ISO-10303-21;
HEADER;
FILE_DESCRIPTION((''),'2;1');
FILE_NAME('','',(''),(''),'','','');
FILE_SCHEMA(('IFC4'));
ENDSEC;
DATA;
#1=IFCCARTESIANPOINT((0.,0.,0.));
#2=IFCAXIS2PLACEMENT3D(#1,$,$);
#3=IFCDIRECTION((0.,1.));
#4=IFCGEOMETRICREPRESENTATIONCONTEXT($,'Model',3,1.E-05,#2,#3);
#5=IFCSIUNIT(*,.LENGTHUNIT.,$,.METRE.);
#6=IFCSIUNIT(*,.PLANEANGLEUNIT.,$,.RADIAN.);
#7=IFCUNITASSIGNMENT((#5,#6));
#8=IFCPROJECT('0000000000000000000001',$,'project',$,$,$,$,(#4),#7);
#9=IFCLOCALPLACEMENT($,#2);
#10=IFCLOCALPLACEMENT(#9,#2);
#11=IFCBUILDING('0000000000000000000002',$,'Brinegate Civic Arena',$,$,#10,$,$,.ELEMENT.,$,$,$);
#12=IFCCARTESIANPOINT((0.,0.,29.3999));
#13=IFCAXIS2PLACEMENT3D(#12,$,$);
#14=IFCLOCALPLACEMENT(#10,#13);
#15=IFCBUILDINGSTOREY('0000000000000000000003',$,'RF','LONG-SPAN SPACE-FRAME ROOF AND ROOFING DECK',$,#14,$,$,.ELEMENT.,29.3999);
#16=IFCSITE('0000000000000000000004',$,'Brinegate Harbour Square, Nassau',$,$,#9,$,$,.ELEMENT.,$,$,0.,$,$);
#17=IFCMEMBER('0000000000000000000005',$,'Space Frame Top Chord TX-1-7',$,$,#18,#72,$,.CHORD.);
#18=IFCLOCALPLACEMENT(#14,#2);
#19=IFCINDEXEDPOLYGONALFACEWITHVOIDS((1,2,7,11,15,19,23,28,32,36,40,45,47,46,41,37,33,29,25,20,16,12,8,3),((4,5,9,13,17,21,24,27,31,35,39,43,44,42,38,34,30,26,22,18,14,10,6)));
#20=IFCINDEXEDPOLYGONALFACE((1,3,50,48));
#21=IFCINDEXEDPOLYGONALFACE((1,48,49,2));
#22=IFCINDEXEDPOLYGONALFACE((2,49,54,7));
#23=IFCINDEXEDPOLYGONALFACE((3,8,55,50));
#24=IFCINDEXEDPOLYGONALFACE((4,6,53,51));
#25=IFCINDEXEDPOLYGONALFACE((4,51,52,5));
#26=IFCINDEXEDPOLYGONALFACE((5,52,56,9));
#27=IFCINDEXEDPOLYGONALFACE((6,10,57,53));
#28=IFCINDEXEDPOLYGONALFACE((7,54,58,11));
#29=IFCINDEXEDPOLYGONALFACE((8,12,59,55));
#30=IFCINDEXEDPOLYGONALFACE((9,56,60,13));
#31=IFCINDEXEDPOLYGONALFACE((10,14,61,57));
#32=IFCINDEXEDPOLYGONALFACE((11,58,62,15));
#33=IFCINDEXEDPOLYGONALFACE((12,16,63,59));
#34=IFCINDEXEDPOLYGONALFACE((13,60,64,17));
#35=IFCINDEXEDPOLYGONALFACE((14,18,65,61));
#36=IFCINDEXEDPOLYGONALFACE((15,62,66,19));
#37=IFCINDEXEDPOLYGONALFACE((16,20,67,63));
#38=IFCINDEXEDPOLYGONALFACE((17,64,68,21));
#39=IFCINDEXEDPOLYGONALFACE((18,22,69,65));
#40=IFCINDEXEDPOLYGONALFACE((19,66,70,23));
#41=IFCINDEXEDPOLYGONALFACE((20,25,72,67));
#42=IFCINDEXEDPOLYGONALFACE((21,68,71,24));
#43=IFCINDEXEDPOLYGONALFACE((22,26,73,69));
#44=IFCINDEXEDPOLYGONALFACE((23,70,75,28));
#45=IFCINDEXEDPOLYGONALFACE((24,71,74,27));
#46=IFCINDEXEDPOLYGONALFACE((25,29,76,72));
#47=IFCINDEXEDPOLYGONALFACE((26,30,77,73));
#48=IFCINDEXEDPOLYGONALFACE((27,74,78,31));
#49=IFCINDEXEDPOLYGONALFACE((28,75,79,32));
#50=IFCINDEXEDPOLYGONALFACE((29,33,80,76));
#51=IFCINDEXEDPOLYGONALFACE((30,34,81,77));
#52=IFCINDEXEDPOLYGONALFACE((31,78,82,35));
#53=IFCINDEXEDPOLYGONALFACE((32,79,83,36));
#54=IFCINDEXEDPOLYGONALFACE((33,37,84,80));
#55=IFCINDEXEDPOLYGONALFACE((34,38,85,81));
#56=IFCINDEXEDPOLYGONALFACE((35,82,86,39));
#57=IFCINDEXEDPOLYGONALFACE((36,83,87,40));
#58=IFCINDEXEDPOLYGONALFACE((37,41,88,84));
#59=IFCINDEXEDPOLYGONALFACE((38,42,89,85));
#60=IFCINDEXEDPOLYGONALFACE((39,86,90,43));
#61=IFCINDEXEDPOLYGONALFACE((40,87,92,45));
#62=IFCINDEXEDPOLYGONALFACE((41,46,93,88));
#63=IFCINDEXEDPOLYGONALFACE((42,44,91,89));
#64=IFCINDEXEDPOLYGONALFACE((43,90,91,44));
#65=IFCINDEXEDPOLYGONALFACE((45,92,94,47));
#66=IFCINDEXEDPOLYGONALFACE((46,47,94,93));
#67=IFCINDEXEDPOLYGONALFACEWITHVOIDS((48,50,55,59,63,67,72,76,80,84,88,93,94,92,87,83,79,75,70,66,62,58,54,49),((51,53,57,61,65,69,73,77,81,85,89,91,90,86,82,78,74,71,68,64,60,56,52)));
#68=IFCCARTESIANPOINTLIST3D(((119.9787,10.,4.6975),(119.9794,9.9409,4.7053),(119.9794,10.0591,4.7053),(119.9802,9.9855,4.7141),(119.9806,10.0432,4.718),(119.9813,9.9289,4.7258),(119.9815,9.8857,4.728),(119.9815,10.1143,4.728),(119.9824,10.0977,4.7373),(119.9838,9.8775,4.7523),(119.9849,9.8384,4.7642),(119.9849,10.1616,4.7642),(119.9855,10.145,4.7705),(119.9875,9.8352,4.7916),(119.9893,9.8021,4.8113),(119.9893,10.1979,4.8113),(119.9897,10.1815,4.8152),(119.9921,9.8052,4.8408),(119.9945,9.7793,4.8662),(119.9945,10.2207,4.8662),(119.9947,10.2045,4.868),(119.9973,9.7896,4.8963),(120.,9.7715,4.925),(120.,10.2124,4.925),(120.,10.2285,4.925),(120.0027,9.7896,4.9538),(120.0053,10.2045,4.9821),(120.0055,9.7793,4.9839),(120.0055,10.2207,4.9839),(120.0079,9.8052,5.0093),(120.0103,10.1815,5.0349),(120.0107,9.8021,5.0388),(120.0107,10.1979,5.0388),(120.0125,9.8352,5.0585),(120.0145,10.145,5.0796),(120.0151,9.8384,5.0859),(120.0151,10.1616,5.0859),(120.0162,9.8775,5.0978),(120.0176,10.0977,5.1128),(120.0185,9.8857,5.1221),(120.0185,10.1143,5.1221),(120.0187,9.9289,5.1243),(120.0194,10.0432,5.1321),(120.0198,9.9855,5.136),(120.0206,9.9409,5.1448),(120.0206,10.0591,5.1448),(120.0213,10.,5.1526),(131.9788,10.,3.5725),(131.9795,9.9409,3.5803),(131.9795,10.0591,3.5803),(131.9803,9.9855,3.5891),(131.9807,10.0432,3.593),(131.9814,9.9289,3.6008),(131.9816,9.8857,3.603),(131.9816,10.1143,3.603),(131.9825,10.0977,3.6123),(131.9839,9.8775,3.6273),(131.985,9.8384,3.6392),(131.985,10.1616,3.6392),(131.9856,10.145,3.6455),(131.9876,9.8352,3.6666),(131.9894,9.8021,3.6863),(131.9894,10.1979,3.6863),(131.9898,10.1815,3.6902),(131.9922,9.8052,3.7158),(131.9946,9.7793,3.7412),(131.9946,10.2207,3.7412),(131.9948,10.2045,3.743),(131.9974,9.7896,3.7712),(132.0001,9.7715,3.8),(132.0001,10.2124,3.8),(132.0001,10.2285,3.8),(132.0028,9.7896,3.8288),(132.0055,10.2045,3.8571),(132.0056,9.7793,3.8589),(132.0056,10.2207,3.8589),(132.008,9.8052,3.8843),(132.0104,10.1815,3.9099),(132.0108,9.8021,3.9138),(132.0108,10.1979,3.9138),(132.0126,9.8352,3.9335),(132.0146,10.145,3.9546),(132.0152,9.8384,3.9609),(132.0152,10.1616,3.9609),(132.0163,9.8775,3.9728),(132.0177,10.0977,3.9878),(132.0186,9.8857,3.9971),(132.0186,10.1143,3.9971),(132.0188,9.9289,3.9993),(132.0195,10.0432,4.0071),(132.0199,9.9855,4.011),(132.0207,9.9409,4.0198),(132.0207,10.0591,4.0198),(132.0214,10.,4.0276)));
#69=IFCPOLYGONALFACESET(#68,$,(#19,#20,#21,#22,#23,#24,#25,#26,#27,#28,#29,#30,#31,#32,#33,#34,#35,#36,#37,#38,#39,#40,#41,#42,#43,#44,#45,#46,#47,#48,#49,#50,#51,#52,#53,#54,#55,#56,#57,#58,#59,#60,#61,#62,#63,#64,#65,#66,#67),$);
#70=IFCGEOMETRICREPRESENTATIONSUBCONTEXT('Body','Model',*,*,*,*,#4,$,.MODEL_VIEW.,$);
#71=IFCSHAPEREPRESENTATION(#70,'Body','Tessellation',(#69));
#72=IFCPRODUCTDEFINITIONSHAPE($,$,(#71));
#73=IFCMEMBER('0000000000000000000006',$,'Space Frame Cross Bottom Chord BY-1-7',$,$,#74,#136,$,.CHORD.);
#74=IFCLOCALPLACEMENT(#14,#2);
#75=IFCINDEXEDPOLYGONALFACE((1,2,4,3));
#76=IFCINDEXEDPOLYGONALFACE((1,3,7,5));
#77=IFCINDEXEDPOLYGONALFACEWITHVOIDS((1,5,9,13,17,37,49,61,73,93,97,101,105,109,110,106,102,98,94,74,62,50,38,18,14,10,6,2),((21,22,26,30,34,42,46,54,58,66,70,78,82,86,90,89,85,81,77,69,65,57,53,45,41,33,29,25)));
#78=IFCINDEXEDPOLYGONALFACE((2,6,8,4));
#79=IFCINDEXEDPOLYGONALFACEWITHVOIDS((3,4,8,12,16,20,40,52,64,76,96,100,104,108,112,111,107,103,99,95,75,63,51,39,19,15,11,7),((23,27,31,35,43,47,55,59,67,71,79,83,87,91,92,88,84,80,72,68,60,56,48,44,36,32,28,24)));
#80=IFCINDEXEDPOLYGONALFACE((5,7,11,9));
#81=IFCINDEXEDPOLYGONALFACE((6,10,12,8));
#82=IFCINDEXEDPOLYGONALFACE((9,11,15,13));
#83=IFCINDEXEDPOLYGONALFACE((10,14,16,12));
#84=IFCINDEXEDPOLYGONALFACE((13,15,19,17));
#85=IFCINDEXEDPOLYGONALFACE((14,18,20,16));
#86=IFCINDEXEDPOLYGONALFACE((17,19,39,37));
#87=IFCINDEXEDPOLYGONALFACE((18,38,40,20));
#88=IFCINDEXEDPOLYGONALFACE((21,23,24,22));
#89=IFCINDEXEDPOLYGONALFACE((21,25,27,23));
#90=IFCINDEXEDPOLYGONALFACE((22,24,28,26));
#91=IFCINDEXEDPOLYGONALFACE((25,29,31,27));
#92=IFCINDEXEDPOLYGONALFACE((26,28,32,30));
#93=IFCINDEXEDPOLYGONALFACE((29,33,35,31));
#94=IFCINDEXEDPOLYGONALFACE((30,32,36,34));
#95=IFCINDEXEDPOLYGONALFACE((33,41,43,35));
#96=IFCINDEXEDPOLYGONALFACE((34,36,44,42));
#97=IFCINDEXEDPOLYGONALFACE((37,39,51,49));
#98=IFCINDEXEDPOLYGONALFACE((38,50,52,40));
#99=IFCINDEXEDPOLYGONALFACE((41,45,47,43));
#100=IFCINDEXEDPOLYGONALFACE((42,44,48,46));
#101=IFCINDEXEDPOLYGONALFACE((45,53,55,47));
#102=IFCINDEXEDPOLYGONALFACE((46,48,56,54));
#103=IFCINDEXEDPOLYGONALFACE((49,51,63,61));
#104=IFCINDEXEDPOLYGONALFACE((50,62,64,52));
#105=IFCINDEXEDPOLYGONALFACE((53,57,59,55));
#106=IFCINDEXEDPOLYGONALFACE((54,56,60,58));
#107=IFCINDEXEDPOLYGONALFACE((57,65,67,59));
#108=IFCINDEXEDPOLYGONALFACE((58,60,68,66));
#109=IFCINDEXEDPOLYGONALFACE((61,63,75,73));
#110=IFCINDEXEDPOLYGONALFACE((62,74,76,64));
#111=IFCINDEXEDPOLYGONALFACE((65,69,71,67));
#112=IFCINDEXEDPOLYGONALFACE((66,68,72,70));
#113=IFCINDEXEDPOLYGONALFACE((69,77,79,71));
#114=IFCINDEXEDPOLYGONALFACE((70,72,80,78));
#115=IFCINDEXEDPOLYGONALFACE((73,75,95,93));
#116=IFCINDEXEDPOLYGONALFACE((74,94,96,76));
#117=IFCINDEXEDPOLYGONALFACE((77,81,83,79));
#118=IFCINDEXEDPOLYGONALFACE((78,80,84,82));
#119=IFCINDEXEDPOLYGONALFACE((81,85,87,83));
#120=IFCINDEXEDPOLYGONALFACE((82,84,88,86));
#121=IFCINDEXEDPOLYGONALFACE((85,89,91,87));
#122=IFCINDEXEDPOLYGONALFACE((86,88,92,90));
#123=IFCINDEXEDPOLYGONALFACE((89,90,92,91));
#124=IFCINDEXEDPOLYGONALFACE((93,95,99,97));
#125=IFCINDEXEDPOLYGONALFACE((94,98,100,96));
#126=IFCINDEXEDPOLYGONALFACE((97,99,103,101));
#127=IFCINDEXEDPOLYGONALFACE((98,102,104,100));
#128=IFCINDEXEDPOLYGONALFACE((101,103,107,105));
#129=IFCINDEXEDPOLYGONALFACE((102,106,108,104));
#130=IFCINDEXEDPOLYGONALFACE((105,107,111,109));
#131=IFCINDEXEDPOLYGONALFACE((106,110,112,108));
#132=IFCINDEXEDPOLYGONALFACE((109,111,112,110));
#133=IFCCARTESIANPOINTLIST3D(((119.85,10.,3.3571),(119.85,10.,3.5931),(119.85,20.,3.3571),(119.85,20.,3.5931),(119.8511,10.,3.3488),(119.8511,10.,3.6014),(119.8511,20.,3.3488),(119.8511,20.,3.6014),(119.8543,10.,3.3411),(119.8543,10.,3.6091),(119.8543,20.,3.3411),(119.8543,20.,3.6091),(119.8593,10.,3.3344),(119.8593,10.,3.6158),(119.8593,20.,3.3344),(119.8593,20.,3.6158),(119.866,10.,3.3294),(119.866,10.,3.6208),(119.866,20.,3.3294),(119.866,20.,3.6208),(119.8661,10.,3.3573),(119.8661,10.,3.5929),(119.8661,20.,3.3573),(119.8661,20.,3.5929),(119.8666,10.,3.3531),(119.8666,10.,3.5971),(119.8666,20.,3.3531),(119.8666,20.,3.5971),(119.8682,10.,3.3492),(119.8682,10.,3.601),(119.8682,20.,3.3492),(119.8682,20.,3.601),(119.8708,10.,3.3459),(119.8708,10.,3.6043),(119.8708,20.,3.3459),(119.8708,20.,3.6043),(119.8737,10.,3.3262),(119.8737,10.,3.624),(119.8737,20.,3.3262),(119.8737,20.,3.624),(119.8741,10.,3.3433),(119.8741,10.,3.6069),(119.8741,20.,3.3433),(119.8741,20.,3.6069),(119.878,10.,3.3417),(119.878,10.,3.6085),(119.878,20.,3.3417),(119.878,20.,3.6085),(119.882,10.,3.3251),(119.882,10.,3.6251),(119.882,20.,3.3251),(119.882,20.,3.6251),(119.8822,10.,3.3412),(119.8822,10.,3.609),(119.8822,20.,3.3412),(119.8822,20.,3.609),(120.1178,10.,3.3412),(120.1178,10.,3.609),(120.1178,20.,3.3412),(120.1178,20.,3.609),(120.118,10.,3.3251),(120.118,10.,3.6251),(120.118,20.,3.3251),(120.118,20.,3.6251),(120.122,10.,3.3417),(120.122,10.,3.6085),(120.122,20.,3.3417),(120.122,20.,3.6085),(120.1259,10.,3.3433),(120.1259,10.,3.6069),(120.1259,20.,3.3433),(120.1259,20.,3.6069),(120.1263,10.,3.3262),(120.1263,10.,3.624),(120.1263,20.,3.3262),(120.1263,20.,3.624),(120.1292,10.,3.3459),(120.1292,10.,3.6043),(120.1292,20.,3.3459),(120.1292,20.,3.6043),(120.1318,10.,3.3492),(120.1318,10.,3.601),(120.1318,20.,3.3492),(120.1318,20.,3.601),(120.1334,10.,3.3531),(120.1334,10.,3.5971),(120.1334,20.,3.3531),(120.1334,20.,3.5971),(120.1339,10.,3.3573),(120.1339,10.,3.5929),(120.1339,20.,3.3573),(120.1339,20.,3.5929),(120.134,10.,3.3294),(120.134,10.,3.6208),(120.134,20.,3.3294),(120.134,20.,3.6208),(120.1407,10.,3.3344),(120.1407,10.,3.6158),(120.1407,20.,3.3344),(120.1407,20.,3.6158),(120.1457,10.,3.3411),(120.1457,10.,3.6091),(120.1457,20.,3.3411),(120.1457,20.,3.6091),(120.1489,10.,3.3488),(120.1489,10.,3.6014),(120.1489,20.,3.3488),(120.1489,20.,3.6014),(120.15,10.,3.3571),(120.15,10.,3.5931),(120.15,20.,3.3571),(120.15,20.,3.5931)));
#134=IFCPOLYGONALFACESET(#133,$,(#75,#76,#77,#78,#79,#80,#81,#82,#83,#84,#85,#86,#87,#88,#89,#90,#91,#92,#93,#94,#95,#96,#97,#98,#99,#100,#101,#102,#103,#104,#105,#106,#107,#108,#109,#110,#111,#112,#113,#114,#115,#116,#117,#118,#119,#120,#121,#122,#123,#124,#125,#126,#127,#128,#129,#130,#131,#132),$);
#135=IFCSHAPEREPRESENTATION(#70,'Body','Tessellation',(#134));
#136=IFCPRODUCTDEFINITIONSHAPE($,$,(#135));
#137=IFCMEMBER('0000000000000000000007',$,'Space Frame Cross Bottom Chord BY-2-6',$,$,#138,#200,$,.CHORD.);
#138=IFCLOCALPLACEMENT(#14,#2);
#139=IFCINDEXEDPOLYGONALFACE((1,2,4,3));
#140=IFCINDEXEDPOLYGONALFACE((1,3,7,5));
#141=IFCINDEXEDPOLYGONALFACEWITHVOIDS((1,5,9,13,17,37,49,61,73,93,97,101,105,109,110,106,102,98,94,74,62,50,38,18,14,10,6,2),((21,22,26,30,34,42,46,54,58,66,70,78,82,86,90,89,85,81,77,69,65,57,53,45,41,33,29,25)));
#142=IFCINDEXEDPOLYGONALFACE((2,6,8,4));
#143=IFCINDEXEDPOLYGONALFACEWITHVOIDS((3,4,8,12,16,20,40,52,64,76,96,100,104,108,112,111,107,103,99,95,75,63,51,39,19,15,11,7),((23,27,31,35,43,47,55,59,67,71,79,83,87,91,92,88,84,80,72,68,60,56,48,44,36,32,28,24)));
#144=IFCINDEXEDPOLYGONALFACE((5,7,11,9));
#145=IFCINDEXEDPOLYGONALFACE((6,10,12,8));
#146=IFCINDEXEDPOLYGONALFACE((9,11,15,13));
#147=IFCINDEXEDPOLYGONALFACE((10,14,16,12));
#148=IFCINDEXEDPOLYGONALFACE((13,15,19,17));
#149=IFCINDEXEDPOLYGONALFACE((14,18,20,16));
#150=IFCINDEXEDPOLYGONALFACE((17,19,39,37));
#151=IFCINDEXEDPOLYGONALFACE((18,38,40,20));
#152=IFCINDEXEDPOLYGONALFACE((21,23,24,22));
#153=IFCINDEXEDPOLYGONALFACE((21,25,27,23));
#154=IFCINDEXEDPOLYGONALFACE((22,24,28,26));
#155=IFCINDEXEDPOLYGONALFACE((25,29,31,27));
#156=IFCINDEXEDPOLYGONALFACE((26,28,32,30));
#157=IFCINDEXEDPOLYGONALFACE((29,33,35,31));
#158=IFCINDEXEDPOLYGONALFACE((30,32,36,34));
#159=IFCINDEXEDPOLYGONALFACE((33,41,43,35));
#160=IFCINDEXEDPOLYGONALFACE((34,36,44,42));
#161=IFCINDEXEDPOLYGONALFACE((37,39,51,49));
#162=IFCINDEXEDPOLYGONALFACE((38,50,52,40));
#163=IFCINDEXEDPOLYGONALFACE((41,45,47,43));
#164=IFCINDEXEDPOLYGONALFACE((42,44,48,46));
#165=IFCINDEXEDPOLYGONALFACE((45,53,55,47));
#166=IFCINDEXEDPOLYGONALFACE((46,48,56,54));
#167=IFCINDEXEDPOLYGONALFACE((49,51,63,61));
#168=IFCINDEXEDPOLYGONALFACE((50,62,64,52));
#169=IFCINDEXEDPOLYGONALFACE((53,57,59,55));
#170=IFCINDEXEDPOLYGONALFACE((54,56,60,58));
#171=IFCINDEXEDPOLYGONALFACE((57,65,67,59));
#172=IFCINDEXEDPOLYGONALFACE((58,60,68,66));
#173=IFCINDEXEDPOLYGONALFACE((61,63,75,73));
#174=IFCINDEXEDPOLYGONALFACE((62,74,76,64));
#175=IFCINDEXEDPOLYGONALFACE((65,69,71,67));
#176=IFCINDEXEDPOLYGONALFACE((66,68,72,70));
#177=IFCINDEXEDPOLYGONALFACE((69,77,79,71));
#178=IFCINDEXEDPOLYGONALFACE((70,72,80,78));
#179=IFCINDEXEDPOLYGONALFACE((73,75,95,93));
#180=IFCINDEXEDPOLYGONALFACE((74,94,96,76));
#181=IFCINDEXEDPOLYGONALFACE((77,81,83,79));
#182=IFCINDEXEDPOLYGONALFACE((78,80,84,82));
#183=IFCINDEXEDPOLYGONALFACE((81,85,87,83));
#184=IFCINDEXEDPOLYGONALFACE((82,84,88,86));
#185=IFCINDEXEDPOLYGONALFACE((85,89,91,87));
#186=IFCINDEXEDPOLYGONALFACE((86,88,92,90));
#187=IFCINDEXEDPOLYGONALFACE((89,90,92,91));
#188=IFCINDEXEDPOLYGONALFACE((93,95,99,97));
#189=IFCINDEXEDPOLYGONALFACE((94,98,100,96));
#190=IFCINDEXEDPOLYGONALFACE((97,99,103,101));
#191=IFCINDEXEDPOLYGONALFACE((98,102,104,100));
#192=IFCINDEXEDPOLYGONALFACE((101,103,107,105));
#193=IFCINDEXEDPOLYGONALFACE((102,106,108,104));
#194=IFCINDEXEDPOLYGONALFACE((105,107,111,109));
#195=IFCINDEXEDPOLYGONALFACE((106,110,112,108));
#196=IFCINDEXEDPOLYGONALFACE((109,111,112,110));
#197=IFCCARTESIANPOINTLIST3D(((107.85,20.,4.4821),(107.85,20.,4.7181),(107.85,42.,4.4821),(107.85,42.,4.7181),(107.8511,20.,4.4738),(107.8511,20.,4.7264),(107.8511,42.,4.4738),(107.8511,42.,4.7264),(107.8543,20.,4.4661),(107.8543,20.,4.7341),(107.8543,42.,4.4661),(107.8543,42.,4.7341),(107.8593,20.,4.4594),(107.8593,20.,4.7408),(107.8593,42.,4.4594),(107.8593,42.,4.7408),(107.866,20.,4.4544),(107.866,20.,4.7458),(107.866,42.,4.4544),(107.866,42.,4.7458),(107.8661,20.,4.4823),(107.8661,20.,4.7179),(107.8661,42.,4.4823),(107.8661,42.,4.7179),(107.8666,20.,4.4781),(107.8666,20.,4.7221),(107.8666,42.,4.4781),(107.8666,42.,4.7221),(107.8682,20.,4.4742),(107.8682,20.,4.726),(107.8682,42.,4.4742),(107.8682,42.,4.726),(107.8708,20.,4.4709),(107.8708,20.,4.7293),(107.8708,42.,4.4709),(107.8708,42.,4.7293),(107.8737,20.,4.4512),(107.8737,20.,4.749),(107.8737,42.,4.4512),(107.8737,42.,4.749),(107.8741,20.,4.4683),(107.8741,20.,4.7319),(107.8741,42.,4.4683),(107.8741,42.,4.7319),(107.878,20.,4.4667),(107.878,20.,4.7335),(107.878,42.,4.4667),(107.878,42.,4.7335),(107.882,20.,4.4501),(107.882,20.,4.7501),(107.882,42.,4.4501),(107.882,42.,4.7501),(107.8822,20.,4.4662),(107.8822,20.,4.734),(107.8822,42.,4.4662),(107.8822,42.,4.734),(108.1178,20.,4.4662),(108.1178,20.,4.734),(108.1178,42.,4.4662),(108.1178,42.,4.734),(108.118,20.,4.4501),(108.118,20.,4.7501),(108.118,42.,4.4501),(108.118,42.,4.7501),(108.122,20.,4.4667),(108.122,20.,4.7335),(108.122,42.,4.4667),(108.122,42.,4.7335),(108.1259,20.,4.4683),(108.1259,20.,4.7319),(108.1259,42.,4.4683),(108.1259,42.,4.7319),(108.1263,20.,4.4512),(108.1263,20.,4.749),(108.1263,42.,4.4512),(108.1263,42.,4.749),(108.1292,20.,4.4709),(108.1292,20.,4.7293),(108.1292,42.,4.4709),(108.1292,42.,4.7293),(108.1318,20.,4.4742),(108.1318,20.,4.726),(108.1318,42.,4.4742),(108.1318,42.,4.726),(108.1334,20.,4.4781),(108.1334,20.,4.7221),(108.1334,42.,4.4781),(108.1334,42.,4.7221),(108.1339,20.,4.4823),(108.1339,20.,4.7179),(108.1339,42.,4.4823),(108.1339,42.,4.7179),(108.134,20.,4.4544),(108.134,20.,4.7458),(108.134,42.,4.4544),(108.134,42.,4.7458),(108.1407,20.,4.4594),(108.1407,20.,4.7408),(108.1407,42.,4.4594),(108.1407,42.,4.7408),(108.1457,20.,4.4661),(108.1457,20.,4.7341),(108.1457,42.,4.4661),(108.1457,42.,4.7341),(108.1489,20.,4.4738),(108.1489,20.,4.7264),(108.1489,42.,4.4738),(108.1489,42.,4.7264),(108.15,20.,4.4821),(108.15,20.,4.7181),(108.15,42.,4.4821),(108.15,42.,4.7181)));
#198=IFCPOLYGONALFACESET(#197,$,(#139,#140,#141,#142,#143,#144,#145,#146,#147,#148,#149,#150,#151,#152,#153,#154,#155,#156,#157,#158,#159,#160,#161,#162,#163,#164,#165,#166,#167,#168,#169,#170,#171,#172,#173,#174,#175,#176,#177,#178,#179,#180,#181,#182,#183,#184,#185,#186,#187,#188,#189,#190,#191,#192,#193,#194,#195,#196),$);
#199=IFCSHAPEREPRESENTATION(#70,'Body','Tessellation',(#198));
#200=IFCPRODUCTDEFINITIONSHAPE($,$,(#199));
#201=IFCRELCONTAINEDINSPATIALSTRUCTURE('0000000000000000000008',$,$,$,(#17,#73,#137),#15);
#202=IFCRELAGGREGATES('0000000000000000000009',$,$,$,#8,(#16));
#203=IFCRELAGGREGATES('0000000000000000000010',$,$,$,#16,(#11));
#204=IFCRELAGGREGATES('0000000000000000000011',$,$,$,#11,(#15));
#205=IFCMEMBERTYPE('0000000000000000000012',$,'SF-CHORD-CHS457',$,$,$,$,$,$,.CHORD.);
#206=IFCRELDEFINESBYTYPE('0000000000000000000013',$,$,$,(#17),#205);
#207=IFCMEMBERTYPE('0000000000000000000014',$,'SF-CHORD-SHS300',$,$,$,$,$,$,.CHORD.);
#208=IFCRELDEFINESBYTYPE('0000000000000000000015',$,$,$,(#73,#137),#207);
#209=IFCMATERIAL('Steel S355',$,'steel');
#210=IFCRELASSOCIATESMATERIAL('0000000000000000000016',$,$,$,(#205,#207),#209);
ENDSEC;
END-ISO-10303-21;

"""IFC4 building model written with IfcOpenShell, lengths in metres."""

from ifc_helpers import new_model, si_unit, direction, frame, origin, origin_2d, place, context, subcontext, project, spatial, hollow_rectangle, hollow_circle, extrude, material, material_profile, profile_set, type_object, element, save


model = new_model("IFC4")

# Units and contexts
model_context = context("Model", 3, precision=1e-05, world=origin(), true_north=direction((0.0, 1.0)))
body_context = subcontext(model_context, "Body", "Model", "MODEL_VIEW")
ifc_project = project(units=[si_unit("LENGTHUNIT", "METRE"), si_unit("PLANEANGLEUNIT", "RADIAN")], contexts=[model_context])

# Site, building, storey
site_placement = place(None, origin())
site = spatial("IfcSite", under=ifc_project, at=site_placement, Name="Brinegate Harbour Square, Nassau", CompositionType="ELEMENT", RefElevation=0.0)
building_placement = place(site_placement, origin())
building = spatial("IfcBuilding", under=site, at=building_placement, Name="Brinegate Civic Arena", CompositionType="ELEMENT")
storey_placement = place(building_placement, frame((0.0, 0.0, 29.3999)))
storey = spatial("IfcBuildingStorey", under=building, at=storey_placement, Name="RF", Description="LONG-SPAN SPACE-FRAME ROOF AND ROOFING DECK", CompositionType="ELEMENT", Elevation=29.3999)

# Shared definitions
ifc_material_1 = material(Name="Steel S355", Category="steel")

# Members
ifc_material_profile_1 = material_profile(ifc_material_1, hollow_circle(Radius=0.2285, WallThickness=0.0161, at=origin_2d()), Name="CHS457X16")
ifc_profile_set_1 = profile_set([ifc_material_profile_1], Name="Steel S355")
member_type_1 = type_object("IfcMemberType", Name="SF-CHORD-CHS457", PredefinedType="CHORD", material=ifc_profile_set_1)
member_1_placement = place(storey_placement, frame((120.0, 10.0, 4.925), z_axis=(0.995634, 0.0, -0.093341), x_axis=(0.0, 1.0, 0.0)))
element("IfcMember", 1, at=member_1_placement, inside=storey, type_object=member_type_1, Name="Space Frame Top Chord TX-1-7", PredefinedType="CHORD", context=body_context, shape_type="SweptSolid", body=[
    extrude(hollow_circle(Radius=0.2285, WallThickness=0.0161, at=origin_2d()), origin(), (0.0, 0.0, 1.0), 12.0527),
])
ifc_material_profile_2 = material_profile(ifc_material_1, hollow_rectangle(XDim=0.3, YDim=0.3, WallThickness=0.0161, InnerFilletRadius=0.0161, OuterFilletRadius=0.032, at=origin_2d()), Name="SHS300X16")
ifc_profile_set_2 = profile_set([ifc_material_profile_2], Name="Steel S355")
member_type_2 = type_object("IfcMemberType", Name="SF-CHORD-SHS300", PredefinedType="CHORD", material=ifc_profile_set_2)
member_2_placement = place(storey_placement, frame((120.0, 10.0, 3.4751), z_axis=(0.0, 1.0, 0.0), x_axis=(-1.0, 0.0, 0.0)))
element("IfcMember", 2, at=member_2_placement, inside=storey, type_object=member_type_2, Name="Space Frame Cross Bottom Chord BY-1-7", PredefinedType="CHORD", context=body_context, shape_type="SweptSolid", body=[
    extrude(hollow_rectangle(XDim=0.3, YDim=0.3, WallThickness=0.0161, InnerFilletRadius=0.0161, OuterFilletRadius=0.032, at=origin_2d()), origin(), (0.0, 0.0, 1.0), 10.0),
])
member_3_placement = place(storey_placement, frame((108.0, 20.0, 4.6001), z_axis=(0.0, 1.0, 0.0), x_axis=(-1.0, 0.0, 0.0)))
element("IfcMember", 3, at=member_3_placement, inside=storey, type_object=member_type_2, Name="Space Frame Cross Bottom Chord BY-2-6", PredefinedType="CHORD", context=body_context, shape_type="SweptSolid", body=[
    extrude(hollow_rectangle(XDim=0.3, YDim=0.3, WallThickness=0.0161, InnerFilletRadius=0.0161, OuterFilletRadius=0.032, at=origin_2d()), origin(), (0.0, 0.0, 1.0), 22.0),
])

save(model, "model.ifc")
